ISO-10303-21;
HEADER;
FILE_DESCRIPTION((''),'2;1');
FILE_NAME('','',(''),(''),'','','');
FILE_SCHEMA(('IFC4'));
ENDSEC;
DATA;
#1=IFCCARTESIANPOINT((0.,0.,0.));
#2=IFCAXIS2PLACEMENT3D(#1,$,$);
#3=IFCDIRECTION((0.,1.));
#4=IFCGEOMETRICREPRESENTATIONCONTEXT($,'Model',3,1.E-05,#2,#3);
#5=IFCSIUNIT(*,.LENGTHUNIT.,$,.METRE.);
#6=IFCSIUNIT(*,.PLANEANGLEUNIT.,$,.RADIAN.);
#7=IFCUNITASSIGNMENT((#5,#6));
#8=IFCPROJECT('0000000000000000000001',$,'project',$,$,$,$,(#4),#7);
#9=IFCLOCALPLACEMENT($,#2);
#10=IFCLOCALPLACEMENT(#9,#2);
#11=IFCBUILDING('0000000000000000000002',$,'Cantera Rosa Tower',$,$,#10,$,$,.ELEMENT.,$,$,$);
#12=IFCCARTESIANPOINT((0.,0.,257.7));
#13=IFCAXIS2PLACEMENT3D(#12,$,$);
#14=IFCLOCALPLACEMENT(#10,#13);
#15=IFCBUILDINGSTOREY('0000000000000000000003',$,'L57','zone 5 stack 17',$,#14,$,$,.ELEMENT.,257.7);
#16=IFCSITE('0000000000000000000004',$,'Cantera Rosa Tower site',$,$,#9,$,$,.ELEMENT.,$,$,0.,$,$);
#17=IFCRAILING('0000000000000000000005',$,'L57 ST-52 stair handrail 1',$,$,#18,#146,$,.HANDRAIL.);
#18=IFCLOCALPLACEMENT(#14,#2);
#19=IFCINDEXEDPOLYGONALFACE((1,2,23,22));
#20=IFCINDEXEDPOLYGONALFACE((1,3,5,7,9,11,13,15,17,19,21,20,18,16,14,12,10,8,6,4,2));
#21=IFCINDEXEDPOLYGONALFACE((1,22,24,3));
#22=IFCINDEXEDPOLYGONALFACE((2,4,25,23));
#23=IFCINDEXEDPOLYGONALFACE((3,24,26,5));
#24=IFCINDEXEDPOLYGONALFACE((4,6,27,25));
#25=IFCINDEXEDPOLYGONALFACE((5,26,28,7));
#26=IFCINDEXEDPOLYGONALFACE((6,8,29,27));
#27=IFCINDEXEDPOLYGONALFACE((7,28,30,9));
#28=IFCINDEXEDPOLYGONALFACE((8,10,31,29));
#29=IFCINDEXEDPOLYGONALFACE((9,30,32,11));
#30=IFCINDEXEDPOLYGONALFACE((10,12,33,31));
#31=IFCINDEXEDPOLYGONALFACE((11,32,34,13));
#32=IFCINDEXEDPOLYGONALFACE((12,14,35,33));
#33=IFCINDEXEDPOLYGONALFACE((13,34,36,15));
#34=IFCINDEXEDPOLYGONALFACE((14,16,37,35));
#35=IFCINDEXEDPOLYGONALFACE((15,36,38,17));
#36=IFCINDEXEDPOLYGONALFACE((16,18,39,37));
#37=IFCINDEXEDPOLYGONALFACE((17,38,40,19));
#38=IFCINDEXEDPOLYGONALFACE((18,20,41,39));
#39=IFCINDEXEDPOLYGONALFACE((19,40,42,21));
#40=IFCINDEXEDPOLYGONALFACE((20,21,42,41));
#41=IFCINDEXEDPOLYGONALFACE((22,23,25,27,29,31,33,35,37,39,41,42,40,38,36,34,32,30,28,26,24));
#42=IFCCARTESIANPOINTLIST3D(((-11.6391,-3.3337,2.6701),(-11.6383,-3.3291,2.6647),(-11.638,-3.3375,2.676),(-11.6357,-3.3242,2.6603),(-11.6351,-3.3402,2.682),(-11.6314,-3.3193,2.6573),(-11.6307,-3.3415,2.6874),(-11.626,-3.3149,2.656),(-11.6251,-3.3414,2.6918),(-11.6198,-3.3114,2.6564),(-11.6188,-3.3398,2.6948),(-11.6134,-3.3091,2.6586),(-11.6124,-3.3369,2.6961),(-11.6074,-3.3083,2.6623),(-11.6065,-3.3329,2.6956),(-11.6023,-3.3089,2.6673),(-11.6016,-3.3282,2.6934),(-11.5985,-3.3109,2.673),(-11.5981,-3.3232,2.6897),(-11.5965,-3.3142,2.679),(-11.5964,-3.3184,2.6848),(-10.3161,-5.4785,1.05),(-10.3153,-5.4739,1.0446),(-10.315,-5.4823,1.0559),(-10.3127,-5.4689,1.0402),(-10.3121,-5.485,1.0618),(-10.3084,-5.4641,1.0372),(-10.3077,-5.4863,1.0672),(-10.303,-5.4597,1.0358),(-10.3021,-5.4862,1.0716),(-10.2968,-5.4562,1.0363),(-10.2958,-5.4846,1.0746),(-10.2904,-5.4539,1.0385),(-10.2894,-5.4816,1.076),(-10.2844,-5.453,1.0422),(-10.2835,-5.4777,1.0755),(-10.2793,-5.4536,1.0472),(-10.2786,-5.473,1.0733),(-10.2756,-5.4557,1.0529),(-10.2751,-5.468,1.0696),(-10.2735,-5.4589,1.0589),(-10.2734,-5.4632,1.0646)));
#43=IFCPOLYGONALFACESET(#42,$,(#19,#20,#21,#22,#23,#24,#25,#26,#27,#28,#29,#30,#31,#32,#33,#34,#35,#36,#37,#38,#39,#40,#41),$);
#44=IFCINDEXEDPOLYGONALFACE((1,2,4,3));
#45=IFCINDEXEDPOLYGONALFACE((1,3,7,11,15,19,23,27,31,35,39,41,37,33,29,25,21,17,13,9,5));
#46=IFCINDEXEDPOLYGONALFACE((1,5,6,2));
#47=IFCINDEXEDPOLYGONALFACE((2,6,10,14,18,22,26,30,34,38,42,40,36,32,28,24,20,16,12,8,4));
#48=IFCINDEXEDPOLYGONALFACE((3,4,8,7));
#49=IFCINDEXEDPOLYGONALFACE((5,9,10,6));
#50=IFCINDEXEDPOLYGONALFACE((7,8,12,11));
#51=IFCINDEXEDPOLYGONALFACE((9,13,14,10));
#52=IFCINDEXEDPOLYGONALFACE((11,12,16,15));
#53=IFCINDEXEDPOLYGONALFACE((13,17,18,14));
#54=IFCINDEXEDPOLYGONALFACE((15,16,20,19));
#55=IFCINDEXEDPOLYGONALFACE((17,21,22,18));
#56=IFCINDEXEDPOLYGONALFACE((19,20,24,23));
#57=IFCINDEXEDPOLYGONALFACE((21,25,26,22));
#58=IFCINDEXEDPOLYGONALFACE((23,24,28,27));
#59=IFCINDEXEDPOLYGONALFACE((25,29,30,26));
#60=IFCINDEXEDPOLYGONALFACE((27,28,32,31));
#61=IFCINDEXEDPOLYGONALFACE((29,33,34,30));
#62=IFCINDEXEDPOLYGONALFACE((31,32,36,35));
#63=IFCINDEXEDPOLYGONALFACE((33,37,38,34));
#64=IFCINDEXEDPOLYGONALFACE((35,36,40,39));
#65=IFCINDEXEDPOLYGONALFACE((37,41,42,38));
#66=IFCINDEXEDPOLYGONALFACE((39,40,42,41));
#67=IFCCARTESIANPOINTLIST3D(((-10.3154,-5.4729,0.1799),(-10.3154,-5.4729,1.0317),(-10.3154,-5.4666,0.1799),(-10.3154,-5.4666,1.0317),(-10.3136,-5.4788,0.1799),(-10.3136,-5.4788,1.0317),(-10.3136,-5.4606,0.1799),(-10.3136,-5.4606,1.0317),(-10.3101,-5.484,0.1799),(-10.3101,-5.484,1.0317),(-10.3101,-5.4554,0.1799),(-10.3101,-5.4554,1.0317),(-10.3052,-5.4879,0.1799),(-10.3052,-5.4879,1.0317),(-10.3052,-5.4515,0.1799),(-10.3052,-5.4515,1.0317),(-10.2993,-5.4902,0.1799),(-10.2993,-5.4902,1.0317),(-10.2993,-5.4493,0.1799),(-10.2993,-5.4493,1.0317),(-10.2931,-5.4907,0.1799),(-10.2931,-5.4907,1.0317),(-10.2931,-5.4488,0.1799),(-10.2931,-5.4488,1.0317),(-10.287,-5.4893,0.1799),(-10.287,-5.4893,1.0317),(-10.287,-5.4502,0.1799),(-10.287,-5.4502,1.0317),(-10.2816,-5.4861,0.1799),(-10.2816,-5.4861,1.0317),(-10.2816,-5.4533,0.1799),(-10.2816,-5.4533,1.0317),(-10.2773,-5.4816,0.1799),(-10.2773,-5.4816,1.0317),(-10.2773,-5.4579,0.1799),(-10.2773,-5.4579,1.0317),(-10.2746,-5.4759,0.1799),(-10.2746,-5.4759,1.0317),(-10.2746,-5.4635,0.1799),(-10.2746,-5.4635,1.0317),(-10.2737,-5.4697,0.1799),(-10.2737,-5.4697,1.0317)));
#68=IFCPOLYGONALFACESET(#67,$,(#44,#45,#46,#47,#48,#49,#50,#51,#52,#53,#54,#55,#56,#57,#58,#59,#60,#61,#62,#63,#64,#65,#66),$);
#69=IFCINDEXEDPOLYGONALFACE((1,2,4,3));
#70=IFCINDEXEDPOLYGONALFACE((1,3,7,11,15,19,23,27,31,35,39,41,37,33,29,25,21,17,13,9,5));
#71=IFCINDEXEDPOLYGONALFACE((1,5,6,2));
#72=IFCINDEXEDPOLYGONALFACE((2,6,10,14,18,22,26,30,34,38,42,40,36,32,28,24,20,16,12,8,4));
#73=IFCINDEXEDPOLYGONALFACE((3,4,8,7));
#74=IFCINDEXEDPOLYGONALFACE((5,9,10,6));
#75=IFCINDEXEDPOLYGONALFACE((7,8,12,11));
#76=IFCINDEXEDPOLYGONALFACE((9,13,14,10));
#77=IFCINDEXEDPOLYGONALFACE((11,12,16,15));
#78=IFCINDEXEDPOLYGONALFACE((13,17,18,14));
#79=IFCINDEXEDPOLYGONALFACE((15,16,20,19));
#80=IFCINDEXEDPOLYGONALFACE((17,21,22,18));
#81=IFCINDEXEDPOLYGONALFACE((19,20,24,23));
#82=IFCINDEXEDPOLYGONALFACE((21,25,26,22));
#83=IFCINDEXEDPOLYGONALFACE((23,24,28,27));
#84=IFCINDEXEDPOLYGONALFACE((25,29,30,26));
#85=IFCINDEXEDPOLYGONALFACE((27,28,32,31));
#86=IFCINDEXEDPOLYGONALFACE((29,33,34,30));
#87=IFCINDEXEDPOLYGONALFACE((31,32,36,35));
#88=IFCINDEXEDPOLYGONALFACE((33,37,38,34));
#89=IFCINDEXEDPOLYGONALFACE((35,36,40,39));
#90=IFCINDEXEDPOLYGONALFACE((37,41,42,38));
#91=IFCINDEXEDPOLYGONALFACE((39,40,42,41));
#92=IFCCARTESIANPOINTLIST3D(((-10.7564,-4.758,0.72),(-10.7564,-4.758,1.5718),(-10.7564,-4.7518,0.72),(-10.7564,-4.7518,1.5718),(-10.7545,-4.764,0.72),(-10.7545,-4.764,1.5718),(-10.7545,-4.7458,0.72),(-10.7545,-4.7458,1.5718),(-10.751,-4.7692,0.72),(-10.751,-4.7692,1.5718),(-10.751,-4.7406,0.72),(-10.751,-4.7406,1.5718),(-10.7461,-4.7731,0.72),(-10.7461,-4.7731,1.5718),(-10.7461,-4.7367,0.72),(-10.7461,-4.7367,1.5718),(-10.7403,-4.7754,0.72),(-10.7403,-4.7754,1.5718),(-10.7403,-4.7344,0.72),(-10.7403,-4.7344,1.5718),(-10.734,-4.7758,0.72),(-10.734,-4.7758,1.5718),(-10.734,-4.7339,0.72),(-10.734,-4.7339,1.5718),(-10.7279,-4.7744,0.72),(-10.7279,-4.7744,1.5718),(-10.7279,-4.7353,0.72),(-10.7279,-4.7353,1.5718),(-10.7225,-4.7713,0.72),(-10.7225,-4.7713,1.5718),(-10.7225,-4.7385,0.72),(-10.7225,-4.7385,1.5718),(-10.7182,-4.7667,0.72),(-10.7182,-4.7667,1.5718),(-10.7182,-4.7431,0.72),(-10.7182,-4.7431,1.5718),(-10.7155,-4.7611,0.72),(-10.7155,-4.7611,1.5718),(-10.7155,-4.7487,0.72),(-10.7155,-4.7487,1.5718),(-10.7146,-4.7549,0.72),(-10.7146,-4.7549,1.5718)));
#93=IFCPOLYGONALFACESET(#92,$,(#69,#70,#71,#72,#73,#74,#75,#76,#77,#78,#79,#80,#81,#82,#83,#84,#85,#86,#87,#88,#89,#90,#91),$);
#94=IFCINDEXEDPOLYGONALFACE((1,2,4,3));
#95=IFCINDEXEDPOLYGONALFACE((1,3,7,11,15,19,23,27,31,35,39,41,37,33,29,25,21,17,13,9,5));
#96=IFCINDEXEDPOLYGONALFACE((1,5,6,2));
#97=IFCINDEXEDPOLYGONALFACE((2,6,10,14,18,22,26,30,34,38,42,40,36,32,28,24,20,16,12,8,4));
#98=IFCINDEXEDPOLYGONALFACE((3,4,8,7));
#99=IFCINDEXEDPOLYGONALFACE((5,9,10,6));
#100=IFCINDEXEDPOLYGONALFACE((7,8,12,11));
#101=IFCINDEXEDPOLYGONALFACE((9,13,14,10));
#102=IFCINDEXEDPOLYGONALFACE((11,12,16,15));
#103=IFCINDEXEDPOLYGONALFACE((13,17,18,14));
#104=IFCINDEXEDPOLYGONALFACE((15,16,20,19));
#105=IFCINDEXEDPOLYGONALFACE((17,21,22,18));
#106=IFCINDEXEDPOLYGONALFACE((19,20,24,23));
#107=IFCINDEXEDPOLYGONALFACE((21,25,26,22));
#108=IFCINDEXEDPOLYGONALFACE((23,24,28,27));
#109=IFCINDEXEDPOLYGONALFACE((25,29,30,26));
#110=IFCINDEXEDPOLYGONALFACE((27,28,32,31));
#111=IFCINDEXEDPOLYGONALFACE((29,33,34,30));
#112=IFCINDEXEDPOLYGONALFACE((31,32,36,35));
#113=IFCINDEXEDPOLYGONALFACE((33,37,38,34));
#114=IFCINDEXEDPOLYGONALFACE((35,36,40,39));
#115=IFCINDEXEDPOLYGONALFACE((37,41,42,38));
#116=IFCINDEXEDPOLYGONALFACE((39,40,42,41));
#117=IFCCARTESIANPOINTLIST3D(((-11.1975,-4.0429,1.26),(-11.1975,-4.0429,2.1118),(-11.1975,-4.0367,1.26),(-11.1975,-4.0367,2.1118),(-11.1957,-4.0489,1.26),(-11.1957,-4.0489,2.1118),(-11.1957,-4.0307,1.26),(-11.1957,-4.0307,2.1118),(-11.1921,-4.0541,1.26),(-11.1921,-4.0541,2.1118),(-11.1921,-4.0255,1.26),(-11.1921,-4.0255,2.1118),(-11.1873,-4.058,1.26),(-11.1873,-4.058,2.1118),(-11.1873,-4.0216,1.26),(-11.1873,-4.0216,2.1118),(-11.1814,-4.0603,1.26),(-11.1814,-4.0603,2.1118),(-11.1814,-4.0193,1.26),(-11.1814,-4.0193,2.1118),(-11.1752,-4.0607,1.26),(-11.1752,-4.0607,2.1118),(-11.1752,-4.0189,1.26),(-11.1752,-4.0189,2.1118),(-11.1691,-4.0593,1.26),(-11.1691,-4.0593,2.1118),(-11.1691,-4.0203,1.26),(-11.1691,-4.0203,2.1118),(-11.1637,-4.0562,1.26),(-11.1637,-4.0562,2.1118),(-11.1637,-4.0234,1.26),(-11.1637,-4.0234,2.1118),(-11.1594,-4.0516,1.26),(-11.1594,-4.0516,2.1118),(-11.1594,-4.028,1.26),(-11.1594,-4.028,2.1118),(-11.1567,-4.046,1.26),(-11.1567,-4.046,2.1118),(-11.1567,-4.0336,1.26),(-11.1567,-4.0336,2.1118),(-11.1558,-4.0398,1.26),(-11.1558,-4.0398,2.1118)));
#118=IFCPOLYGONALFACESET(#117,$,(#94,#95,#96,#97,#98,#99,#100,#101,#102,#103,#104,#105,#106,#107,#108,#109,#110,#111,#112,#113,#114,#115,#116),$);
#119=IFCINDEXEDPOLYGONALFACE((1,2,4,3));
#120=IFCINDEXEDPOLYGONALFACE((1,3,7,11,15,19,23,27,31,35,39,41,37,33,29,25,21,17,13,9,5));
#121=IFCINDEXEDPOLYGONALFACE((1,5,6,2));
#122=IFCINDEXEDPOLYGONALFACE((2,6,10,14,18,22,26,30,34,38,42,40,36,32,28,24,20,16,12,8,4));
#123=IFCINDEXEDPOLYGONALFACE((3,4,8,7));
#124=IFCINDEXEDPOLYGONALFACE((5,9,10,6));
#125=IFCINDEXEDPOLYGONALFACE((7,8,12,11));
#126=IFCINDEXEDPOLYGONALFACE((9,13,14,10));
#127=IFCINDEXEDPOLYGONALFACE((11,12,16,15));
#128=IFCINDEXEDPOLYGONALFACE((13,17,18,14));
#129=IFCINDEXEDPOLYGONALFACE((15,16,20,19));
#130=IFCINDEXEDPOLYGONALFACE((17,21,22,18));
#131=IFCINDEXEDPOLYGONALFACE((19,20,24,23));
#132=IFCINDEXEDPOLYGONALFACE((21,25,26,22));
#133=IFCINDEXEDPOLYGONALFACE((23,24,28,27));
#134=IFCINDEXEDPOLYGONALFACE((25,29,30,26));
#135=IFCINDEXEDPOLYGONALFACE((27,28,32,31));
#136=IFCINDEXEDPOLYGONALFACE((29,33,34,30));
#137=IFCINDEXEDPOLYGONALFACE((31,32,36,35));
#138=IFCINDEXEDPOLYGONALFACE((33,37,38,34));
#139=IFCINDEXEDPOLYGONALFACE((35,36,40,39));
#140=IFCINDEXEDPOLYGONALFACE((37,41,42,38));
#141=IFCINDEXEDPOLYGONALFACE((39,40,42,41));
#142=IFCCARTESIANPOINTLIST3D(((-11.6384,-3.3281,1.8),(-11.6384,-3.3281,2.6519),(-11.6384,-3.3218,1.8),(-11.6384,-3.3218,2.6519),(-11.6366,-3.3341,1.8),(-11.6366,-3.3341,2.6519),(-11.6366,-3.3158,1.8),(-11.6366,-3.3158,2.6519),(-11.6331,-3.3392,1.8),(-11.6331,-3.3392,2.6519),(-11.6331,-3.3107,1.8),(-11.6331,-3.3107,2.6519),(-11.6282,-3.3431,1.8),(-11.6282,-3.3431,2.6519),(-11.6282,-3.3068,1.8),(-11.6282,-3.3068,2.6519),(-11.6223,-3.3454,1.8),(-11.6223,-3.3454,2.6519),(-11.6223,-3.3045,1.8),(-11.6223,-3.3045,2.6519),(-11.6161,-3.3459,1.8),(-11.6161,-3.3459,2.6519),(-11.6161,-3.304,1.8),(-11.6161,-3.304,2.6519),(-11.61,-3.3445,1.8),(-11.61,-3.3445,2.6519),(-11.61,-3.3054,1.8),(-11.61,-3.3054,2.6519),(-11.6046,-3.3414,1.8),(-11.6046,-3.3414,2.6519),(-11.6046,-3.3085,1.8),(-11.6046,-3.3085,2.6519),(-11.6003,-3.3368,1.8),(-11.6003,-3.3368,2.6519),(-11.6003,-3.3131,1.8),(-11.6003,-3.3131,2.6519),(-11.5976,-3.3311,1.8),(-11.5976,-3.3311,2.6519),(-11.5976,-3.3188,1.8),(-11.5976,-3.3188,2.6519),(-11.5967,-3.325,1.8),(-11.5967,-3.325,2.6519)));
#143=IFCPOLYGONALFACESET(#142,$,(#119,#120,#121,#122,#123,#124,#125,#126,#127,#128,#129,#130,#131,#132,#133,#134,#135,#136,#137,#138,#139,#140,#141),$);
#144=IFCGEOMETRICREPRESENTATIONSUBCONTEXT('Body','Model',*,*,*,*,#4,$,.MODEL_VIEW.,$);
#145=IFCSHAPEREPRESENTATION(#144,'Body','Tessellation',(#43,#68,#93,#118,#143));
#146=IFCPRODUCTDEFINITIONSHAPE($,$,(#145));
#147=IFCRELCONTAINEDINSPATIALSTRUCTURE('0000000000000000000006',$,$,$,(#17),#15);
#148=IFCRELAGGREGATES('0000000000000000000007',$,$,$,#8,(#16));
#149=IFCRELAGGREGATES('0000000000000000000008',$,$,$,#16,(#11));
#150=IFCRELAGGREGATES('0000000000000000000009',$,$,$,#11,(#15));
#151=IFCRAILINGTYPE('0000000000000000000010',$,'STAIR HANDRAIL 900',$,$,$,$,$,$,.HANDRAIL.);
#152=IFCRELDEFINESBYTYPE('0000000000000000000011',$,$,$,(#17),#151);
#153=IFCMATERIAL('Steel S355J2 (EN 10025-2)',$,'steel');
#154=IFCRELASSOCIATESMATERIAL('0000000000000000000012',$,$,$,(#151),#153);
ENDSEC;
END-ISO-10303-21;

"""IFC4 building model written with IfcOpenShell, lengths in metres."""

from ifc_helpers import new_model, si_unit, direction, frame, origin, origin_2d, place, context, subcontext, project, spatial, circle, extrude, material, type_object, element, save


model = new_model("IFC4")

# Units and contexts
model_context = context("Model", 3, precision=1e-05, world=origin(), true_north=direction((0.0, 1.0)))
body_context = subcontext(model_context, "Body", "Model", "MODEL_VIEW")
ifc_project = project(units=[si_unit("LENGTHUNIT", "METRE"), si_unit("PLANEANGLEUNIT", "RADIAN")], contexts=[model_context])

# Site, building, storey
site_placement = place(None, origin())
site = spatial("IfcSite", under=ifc_project, at=site_placement, Name="Cantera Rosa Tower site", CompositionType="ELEMENT", RefElevation=0.0)
building_placement = place(site_placement, origin())
building = spatial("IfcBuilding", under=site, at=building_placement, Name="Cantera Rosa Tower", CompositionType="ELEMENT")
storey_placement = place(building_placement, frame((0.0, 0.0, 257.7)))
storey = spatial("IfcBuildingStorey", under=building, at=storey_placement, Name="L57", Description="zone 5 stack 17", CompositionType="ELEMENT", Elevation=257.7)

# Railing
ifc_material_1 = material(Name="Steel S355J2 (EN 10025-2)", Category="steel")
railing_type_1 = type_object("IfcRailingType", Name="STAIR HANDRAIL 900", PredefinedType="HANDRAIL", material=ifc_material_1)
railing_1_placement = place(storey_placement, frame((-10.2947, -5.4697, 0.1799)))
element("IfcRailing", 1, at=railing_1_placement, inside=storey, type_object=railing_type_1, Name="L57 ST-52 stair handrail 1", PredefinedType="HANDRAIL", context=body_context, shape_type="SweptSolid", body=[
    extrude(circle(Radius=0.0239, at=origin_2d()), frame((0.0, 0.0, 0.876), z_axis=(-0.441609, 0.715914, 0.540786), x_axis=(-0.851102, -0.525, 0.0)), (0.0, 0.0, 1.0), 2.9958),
    extrude(circle(Radius=0.021, at=origin_2d()), origin(), (0.0, 0.0, 1.0), 0.8518),
    extrude(circle(Radius=0.021, at=origin_2d()), frame((-0.4409, 0.7148, 0.54)), (0.0, 0.0, 1.0), 0.8518),
    extrude(circle(Radius=0.021, at=origin_2d()), frame((-0.8821, 1.4299, 1.0801)), (0.0, 0.0, 1.0), 0.8518),
    extrude(circle(Radius=0.021, at=origin_2d()), frame((-1.323, 2.1448, 1.6201)), (0.0, 0.0, 1.0), 0.8518),
])

save(model, "model.ifc")
